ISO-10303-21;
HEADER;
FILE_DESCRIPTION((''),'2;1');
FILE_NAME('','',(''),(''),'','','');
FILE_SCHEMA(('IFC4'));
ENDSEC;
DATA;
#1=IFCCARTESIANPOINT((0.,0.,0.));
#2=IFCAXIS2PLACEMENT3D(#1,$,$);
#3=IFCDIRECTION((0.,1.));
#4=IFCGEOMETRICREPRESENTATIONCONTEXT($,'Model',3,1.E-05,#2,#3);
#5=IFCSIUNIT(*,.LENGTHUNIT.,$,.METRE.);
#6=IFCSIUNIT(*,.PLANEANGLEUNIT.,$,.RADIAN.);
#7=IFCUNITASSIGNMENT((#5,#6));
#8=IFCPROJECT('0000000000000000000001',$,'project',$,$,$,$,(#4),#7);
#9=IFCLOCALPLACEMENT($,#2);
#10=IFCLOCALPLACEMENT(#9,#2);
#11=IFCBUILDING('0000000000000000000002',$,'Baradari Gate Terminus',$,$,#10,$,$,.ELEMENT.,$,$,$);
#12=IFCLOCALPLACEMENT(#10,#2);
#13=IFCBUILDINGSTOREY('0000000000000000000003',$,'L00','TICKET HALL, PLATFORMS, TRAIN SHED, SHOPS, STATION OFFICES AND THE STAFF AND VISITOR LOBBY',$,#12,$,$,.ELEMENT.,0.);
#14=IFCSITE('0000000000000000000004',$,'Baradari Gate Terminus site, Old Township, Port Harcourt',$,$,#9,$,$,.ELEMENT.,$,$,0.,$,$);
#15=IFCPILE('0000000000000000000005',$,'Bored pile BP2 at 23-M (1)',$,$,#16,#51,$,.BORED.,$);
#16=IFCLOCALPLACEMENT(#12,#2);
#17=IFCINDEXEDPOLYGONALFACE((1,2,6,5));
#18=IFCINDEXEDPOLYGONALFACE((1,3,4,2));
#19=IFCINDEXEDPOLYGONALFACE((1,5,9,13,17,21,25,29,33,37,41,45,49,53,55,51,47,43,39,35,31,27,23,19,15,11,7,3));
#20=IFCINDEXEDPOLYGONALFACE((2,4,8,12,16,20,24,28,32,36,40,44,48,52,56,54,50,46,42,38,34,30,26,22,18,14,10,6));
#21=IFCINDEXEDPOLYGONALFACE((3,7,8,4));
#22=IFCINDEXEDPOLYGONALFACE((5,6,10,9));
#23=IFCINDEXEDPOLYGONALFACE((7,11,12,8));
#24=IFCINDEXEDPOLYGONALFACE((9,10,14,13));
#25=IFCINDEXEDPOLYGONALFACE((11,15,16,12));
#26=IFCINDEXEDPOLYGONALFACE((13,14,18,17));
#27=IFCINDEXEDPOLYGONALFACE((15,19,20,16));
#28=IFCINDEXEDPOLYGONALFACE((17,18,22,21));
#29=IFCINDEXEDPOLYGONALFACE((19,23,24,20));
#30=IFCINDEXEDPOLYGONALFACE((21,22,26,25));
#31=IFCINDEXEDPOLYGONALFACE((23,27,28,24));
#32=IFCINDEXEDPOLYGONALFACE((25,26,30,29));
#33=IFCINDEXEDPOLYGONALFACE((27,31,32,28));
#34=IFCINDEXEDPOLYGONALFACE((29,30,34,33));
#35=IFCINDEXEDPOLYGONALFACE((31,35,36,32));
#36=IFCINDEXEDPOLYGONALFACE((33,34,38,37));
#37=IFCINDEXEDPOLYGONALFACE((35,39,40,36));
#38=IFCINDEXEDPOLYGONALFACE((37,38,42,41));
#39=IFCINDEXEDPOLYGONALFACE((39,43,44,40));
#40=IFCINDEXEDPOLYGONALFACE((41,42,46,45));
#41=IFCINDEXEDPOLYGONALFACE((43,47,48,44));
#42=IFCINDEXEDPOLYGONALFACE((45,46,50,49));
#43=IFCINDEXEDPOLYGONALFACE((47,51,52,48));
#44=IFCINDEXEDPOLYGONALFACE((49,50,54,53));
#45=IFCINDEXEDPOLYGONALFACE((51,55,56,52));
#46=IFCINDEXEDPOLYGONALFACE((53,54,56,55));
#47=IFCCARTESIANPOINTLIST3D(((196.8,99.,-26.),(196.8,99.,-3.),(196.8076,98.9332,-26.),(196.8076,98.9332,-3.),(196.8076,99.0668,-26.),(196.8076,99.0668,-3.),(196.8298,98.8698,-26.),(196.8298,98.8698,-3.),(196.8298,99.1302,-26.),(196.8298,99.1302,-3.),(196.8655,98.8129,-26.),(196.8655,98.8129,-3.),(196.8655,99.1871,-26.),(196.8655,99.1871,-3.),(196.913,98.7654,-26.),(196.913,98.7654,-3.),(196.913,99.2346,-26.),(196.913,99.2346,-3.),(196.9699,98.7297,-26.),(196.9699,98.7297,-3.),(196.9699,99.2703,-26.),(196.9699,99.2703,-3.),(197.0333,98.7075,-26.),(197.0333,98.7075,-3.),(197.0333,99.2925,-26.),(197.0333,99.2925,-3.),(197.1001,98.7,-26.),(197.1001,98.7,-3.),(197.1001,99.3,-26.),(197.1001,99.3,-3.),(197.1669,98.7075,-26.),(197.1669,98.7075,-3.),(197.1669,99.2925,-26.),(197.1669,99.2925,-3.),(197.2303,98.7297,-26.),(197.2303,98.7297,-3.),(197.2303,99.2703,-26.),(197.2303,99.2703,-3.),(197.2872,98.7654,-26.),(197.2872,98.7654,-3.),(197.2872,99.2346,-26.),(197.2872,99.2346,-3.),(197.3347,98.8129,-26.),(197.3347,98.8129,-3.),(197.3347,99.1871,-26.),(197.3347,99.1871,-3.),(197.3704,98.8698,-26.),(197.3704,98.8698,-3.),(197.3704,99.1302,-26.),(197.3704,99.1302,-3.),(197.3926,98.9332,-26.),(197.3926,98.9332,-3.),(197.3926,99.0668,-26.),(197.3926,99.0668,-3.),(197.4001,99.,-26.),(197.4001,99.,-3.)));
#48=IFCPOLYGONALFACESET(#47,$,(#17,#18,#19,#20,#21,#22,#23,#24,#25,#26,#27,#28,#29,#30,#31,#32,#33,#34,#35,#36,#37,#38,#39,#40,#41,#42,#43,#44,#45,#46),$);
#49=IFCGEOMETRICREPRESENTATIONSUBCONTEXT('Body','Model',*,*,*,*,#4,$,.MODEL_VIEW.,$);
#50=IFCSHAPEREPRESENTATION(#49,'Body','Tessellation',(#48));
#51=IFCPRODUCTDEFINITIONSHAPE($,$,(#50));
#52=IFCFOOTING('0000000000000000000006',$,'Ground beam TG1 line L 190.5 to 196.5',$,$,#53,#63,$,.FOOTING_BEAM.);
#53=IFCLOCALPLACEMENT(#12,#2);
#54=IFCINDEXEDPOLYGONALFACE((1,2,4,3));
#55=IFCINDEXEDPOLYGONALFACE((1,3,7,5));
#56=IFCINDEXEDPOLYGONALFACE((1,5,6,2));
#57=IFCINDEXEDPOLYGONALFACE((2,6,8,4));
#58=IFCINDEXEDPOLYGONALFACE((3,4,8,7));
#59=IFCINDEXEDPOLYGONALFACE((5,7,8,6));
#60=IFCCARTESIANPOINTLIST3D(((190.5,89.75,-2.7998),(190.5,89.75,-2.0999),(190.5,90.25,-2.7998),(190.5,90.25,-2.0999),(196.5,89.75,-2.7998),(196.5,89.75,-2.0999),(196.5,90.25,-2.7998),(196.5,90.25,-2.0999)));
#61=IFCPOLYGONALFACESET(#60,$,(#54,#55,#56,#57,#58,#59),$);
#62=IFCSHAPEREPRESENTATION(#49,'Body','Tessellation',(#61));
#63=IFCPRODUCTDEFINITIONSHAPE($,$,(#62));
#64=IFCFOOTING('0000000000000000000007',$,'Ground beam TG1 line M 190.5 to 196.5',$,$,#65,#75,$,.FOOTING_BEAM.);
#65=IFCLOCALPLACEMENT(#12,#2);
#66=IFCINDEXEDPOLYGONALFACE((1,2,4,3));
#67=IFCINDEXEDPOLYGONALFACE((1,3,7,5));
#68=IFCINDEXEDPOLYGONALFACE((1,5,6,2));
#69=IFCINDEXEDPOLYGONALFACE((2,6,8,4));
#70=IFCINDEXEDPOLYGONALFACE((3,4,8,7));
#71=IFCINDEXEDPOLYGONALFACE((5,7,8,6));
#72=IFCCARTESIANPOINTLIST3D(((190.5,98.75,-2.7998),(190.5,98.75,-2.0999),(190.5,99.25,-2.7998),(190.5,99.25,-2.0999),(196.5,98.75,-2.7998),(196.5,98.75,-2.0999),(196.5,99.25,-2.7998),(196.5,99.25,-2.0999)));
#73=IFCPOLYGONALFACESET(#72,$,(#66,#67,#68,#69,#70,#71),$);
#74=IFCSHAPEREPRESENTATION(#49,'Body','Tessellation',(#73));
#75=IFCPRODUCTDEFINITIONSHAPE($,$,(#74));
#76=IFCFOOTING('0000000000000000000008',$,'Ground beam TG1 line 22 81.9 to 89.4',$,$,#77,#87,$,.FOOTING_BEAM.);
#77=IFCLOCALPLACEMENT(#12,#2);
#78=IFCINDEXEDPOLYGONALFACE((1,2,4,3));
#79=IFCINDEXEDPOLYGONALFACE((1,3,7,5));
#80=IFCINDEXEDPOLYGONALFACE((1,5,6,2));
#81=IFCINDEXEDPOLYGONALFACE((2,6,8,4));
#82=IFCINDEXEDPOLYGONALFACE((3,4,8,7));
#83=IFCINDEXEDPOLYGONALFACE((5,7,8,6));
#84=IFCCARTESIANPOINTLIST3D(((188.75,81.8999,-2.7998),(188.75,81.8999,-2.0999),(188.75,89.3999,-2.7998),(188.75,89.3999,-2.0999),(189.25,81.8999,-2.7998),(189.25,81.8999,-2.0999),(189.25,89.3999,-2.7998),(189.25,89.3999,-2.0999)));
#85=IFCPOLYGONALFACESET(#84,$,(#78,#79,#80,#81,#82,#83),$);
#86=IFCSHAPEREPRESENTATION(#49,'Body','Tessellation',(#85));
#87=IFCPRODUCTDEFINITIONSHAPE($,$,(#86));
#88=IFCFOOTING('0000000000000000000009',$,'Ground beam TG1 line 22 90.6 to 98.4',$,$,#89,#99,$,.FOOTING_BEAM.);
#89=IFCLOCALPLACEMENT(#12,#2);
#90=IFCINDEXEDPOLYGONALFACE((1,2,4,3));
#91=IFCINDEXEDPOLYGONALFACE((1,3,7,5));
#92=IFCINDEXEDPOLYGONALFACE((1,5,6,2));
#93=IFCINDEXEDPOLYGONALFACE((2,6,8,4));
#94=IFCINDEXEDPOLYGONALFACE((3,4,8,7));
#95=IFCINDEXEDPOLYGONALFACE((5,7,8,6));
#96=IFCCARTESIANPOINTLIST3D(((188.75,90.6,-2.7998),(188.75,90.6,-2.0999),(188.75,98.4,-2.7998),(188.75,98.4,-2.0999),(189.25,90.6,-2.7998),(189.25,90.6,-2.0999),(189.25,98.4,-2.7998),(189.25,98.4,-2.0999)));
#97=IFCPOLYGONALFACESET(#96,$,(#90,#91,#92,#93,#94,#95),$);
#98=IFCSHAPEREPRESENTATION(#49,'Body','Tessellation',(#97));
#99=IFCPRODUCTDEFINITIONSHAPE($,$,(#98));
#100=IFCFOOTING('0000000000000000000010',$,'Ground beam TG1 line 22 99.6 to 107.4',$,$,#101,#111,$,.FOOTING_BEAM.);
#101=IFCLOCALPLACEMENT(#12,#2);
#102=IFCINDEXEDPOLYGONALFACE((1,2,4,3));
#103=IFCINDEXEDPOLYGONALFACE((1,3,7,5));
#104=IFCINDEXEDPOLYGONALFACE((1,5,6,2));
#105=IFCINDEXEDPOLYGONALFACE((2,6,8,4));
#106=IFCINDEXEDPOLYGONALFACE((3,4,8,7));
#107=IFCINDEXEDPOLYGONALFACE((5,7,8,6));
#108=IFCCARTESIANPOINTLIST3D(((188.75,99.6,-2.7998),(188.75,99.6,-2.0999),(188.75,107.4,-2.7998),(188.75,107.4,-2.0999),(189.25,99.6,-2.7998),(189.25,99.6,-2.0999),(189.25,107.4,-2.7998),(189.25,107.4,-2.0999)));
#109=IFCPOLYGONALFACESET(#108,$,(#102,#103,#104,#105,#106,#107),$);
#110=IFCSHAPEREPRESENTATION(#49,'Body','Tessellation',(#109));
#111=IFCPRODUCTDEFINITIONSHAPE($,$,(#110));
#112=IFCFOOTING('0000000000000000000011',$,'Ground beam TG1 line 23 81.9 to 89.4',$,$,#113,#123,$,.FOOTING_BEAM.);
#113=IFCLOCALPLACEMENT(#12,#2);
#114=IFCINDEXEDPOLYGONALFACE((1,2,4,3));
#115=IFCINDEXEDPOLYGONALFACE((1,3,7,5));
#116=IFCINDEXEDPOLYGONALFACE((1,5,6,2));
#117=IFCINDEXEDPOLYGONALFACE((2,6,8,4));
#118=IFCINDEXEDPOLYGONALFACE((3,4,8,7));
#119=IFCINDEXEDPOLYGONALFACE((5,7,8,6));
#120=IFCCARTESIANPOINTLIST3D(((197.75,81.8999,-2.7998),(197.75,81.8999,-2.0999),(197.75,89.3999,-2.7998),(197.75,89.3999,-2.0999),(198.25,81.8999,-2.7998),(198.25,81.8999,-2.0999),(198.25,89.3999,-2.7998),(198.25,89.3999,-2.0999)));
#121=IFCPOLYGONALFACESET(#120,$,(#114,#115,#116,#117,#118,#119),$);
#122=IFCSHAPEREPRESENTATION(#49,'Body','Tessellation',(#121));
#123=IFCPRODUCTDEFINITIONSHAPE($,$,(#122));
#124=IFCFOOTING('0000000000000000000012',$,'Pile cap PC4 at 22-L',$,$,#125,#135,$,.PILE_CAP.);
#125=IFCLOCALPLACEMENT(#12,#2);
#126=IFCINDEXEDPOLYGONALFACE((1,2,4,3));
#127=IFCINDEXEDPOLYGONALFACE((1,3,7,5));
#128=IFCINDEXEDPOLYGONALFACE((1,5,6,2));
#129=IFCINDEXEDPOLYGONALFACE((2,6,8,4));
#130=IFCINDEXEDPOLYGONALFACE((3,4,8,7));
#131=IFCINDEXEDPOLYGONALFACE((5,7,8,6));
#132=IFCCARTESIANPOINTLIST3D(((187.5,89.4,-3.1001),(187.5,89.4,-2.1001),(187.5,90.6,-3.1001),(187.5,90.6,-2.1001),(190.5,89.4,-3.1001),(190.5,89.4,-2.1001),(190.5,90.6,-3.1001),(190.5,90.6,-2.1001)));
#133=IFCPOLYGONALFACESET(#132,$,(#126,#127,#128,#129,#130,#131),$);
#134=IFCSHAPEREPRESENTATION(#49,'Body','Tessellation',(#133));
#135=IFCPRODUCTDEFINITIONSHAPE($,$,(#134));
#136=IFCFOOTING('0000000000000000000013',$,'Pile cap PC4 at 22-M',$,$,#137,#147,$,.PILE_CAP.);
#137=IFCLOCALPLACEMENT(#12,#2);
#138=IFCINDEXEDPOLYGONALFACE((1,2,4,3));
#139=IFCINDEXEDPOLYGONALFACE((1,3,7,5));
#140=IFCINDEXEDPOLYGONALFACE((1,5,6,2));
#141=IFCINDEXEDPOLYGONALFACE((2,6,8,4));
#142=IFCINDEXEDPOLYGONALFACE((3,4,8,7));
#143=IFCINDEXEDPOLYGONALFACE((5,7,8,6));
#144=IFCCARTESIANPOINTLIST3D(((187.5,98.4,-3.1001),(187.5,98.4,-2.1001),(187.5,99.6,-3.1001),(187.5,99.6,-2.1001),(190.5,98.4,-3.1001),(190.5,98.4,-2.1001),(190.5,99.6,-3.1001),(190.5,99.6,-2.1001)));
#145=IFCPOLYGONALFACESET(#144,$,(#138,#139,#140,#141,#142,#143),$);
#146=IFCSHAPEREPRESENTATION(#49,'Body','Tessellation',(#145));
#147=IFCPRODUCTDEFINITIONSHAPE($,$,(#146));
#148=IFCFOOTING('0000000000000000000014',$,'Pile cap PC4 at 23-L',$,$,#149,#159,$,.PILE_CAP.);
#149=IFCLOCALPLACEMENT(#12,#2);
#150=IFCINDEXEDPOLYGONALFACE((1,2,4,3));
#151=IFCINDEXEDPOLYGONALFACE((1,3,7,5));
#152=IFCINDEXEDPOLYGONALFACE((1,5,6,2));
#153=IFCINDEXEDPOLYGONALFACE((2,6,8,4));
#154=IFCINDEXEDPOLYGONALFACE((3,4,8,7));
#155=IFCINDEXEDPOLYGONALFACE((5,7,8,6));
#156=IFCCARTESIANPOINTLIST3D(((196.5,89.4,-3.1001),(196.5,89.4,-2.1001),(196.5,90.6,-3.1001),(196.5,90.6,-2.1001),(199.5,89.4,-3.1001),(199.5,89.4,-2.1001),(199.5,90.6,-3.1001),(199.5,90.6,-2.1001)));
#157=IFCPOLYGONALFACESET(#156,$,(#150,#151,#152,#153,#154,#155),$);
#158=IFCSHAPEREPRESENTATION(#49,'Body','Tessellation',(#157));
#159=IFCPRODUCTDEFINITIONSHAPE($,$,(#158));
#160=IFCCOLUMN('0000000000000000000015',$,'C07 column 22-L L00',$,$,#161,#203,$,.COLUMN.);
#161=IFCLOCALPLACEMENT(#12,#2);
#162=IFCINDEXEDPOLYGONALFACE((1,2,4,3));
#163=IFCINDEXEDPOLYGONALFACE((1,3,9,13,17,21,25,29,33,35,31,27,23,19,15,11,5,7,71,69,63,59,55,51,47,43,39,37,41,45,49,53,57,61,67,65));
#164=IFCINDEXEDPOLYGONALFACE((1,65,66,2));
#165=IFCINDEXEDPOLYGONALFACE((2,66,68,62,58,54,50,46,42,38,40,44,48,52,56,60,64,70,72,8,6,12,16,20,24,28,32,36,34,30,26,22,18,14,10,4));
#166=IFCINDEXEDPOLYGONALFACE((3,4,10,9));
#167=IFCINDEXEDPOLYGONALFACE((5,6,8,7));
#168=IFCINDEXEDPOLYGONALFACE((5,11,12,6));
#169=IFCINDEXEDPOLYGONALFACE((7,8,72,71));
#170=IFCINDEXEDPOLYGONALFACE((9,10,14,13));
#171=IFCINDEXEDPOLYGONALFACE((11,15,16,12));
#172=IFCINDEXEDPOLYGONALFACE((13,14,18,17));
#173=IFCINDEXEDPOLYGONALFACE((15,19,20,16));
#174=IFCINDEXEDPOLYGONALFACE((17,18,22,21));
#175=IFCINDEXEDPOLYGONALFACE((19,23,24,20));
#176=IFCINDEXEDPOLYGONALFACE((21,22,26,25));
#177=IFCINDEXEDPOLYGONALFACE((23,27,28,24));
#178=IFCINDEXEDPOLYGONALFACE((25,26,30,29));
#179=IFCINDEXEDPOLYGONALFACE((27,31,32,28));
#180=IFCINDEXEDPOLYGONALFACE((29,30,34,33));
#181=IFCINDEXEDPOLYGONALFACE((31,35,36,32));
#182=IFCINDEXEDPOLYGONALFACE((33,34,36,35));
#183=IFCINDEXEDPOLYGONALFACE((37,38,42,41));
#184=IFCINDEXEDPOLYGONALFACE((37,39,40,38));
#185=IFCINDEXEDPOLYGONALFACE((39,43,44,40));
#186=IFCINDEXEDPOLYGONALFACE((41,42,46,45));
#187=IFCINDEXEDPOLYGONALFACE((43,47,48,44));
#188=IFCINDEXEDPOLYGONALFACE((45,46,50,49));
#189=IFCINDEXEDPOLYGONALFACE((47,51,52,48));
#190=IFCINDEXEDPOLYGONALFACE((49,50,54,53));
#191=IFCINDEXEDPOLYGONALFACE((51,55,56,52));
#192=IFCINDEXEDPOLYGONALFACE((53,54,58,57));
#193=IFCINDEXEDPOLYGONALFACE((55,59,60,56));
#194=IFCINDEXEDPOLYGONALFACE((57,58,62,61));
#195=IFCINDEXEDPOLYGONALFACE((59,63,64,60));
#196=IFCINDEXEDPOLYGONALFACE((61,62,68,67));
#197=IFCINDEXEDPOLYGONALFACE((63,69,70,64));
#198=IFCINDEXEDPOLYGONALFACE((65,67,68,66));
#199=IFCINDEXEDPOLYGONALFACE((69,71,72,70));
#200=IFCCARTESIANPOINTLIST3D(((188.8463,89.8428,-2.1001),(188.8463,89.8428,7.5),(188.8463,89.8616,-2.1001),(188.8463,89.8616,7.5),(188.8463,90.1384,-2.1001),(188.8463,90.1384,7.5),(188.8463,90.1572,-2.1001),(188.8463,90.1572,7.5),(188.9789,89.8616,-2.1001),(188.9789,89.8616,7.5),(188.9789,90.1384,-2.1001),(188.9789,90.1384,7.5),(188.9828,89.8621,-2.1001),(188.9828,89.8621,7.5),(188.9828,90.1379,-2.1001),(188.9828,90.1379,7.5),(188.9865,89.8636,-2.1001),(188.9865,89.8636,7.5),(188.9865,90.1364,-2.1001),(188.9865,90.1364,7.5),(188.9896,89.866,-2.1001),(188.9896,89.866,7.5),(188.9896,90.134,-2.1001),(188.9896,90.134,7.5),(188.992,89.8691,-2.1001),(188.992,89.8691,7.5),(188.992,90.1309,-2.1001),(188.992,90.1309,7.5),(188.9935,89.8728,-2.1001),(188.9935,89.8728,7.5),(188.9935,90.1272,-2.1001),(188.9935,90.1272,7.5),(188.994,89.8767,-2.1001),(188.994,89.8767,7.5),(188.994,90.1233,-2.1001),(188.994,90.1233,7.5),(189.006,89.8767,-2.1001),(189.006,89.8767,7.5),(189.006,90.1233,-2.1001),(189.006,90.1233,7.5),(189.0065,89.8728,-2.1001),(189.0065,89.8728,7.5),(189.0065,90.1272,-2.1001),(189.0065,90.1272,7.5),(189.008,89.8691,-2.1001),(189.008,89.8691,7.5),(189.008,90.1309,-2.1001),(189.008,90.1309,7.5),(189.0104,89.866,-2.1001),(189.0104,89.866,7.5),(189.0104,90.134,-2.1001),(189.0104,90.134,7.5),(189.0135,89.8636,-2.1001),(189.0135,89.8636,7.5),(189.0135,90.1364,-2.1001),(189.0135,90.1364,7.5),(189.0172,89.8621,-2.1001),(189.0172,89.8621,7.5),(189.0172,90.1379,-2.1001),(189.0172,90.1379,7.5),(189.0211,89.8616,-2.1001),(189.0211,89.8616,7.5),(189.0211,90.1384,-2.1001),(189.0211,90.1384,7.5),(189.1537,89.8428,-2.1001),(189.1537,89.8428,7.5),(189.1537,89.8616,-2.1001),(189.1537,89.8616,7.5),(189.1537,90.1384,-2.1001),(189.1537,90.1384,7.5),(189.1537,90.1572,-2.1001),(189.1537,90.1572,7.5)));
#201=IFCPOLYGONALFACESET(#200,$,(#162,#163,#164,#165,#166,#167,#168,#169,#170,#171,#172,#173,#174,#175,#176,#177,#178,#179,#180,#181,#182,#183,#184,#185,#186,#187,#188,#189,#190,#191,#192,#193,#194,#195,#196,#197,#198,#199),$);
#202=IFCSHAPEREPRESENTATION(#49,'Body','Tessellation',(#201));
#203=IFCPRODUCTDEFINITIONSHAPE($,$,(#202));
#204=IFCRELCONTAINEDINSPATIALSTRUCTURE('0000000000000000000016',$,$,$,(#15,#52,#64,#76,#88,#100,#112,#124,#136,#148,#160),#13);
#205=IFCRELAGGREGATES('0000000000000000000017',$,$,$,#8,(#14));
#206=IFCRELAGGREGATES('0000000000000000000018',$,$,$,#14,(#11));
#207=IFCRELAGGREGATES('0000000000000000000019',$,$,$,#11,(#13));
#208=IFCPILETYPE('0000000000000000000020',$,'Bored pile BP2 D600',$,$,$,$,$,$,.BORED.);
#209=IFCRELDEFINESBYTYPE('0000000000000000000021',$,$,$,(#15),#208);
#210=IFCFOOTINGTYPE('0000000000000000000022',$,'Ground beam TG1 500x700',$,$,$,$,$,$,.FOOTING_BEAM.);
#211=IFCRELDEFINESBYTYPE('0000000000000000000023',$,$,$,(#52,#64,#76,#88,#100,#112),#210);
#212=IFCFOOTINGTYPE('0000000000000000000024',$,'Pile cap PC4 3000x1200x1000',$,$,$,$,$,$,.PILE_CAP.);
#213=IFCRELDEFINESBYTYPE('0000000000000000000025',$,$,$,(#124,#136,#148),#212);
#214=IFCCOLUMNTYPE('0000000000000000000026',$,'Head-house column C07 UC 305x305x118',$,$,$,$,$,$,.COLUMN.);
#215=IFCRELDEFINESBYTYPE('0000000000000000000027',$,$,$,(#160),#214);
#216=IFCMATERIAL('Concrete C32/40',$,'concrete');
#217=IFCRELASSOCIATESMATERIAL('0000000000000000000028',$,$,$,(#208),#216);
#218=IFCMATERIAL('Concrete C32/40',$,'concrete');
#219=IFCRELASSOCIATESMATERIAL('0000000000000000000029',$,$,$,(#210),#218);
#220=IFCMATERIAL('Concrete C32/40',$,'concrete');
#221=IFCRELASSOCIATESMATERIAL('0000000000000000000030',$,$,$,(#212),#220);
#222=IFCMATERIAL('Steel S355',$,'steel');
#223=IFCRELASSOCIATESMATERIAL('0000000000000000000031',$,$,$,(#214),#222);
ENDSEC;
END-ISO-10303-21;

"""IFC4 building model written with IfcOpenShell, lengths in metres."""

from ifc_helpers import new_model, si_unit, direction, frame, origin, origin_2d, place, context, subcontext, project, spatial, rectangle, circle, i_section, extrude, material, material_profile, profile_set, type_object, element, save


model = new_model("IFC4")

# Units and contexts
model_context = context("Model", 3, precision=1e-05, world=origin(), true_north=direction((0.0, 1.0)))
body_context = subcontext(model_context, "Body", "Model", "MODEL_VIEW")
ifc_project = project(units=[si_unit("LENGTHUNIT", "METRE"), si_unit("PLANEANGLEUNIT", "RADIAN")], contexts=[model_context])

# Site, building, storey
site_placement = place(None, origin())
site = spatial("IfcSite", under=ifc_project, at=site_placement, Name="Baradari Gate Terminus site, Old Township, Port Harcourt", CompositionType="ELEMENT", RefElevation=0.0)
building_placement = place(site_placement, origin())
building = spatial("IfcBuilding", under=site, at=building_placement, Name="Baradari Gate Terminus", CompositionType="ELEMENT")
storey_placement = place(building_placement, origin())
storey = spatial("IfcBuildingStorey", under=building, at=storey_placement, Name="L00", Description="TICKET HALL, PLATFORMS, TRAIN SHED, SHOPS, STATION OFFICES AND THE STAFF AND VISITOR LOBBY", CompositionType="ELEMENT", Elevation=0.0)

# Pile
ifc_material_1 = material(Name="Concrete C32/40", Category="concrete")
pile_type = type_object("IfcPileType", Name="Bored pile BP2 D600", PredefinedType="BORED", material=ifc_material_1)
for number, where, z_axis, x_axis, name in (
    (1, (197.1001, 99.0, -3.0), (0.0, 0.0, -1.0), (1.0, 0.0, 0.0), "Bored pile BP2 at 23-M (1)"),
):
    element("IfcPile", number, at=place(storey_placement, frame(where, z_axis=z_axis, x_axis=x_axis)), inside=storey, type_object=pile_type, Name=name, PredefinedType="BORED", context=body_context, shape_type="SweptSolid", body=[
        extrude(circle(Radius=0.3, at=origin_2d()), origin(), (0.0, 0.0, 1.0), 23.0),
    ])

# Footings
ifc_material_2 = material(Name="Concrete C32/40", Category="concrete")
footing_type_1 = type_object("IfcFootingType", Name="Ground beam TG1 500x700", PredefinedType="FOOTING_BEAM", material=ifc_material_2)
for number, where, z_axis, x_axis, name in (
    (2, (193.5, 90.0, -2.7998), (0.0, 0.0, 1.0), (1.0, 0.0, 0.0), "Ground beam TG1 line L 190.5 to 196.5"),
    (3, (193.5, 99.0, -2.7998), (0.0, 0.0, 1.0), (1.0, 0.0, 0.0), "Ground beam TG1 line M 190.5 to 196.5"),
):
    element("IfcFooting", number, at=place(storey_placement, frame(where, z_axis=z_axis, x_axis=x_axis)), inside=storey, type_object=footing_type_1, Name=name, PredefinedType="FOOTING_BEAM", context=body_context, shape_type="SweptSolid", body=[
        extrude(rectangle(XDim=6.0, YDim=0.5, at=origin_2d()), origin(), (0.0, 0.0, 1.0), 0.7),
    ])
footing_1_placement = place(storey_placement, frame((189.0, 85.6499, -2.7998), z_axis=(0.0, 0.0, 1.0), x_axis=(1.0, 0.0, 0.0)))
element("IfcFooting", 4, at=footing_1_placement, inside=storey, type_object=footing_type_1, Name="Ground beam TG1 line 22 81.9 to 89.4", PredefinedType="FOOTING_BEAM", context=body_context, shape_type="SweptSolid", body=[
    extrude(rectangle(XDim=0.5, YDim=7.5, at=origin_2d()), origin(), (0.0, 0.0, 1.0), 0.7),
])
for number, where, z_axis, x_axis, name in (
    (5, (189.0, 94.5, -2.7998), (0.0, 0.0, 1.0), (1.0, 0.0, 0.0), "Ground beam TG1 line 22 90.6 to 98.4"),
    (6, (189.0, 103.5, -2.7998), (0.0, 0.0, 1.0), (1.0, 0.0, 0.0), "Ground beam TG1 line 22 99.6 to 107.4"),
):
    element("IfcFooting", number, at=place(storey_placement, frame(where, z_axis=z_axis, x_axis=x_axis)), inside=storey, type_object=footing_type_1, Name=name, PredefinedType="FOOTING_BEAM", context=body_context, shape_type="SweptSolid", body=[
        extrude(rectangle(XDim=0.5, YDim=7.8, at=origin_2d()), origin(), (0.0, 0.0, 1.0), 0.7),
    ])
footing_2_placement = place(storey_placement, frame((198.0, 85.6499, -2.7998), z_axis=(0.0, 0.0, 1.0), x_axis=(1.0, 0.0, 0.0)))
element("IfcFooting", 7, at=footing_2_placement, inside=storey, type_object=footing_type_1, Name="Ground beam TG1 line 23 81.9 to 89.4", PredefinedType="FOOTING_BEAM", context=body_context, shape_type="SweptSolid", body=[
    extrude(rectangle(XDim=0.5, YDim=7.5, at=origin_2d()), origin(), (0.0, 0.0, 1.0), 0.7),
])
ifc_material_3 = material(Name="Concrete C32/40", Category="concrete")
footing_type_2 = type_object("IfcFootingType", Name="Pile cap PC4 3000x1200x1000", PredefinedType="PILE_CAP", material=ifc_material_3)
for number, where, z_axis, x_axis, name in (
    (8, (189.0, 90.0, -3.1001), (0.0, 0.0, 1.0), (1.0, 0.0, 0.0), "Pile cap PC4 at 22-L"),
    (9, (189.0, 99.0, -3.1001), (0.0, 0.0, 1.0), (1.0, 0.0, 0.0), "Pile cap PC4 at 22-M"),
    (10, (198.0, 90.0, -3.1001), (0.0, 0.0, 1.0), (1.0, 0.0, 0.0), "Pile cap PC4 at 23-L"),
):
    element("IfcFooting", number, at=place(storey_placement, frame(where, z_axis=z_axis, x_axis=x_axis)), inside=storey, type_object=footing_type_2, Name=name, PredefinedType="PILE_CAP", context=body_context, shape_type="SweptSolid", body=[
        extrude(rectangle(XDim=3.0, YDim=1.2, at=origin_2d()), origin(), (0.0, 0.0, 1.0), 1.0),
    ])

# Column
ifc_material_4 = material(Name="Steel S355", Category="steel")
ifc_material_profile_1 = material_profile(ifc_material_4, i_section(OverallWidth=0.3074, OverallDepth=0.3145, WebThickness=0.012, FlangeThickness=0.0188, FilletRadius=0.0151, at=origin_2d()), Name="UC 305x305x118")
ifc_profile_set_1 = profile_set([ifc_material_profile_1], Name="Steel S355")
column_type = type_object("IfcColumnType", Name="Head-house column C07 UC 305x305x118", PredefinedType="COLUMN", material=ifc_profile_set_1)
for number, where, z_axis, x_axis, name in (
    (11, (189.0, 90.0, -2.1001), (0.0, 0.0, 1.0), (1.0, 0.0, 0.0), "C07 column 22-L L00"),
):
    element("IfcColumn", number, at=place(storey_placement, frame(where, z_axis=z_axis, x_axis=x_axis)), inside=storey, type_object=column_type, Name=name, PredefinedType="COLUMN", context=body_context, shape_type="SweptSolid", body=[
        extrude(i_section(OverallWidth=0.3074, OverallDepth=0.3145, WebThickness=0.012, FlangeThickness=0.0188, FilletRadius=0.0151, at=origin_2d()), origin(), (0.0, 0.0, 1.0), 9.6001),
    ])

save(model, "model.ifc")
